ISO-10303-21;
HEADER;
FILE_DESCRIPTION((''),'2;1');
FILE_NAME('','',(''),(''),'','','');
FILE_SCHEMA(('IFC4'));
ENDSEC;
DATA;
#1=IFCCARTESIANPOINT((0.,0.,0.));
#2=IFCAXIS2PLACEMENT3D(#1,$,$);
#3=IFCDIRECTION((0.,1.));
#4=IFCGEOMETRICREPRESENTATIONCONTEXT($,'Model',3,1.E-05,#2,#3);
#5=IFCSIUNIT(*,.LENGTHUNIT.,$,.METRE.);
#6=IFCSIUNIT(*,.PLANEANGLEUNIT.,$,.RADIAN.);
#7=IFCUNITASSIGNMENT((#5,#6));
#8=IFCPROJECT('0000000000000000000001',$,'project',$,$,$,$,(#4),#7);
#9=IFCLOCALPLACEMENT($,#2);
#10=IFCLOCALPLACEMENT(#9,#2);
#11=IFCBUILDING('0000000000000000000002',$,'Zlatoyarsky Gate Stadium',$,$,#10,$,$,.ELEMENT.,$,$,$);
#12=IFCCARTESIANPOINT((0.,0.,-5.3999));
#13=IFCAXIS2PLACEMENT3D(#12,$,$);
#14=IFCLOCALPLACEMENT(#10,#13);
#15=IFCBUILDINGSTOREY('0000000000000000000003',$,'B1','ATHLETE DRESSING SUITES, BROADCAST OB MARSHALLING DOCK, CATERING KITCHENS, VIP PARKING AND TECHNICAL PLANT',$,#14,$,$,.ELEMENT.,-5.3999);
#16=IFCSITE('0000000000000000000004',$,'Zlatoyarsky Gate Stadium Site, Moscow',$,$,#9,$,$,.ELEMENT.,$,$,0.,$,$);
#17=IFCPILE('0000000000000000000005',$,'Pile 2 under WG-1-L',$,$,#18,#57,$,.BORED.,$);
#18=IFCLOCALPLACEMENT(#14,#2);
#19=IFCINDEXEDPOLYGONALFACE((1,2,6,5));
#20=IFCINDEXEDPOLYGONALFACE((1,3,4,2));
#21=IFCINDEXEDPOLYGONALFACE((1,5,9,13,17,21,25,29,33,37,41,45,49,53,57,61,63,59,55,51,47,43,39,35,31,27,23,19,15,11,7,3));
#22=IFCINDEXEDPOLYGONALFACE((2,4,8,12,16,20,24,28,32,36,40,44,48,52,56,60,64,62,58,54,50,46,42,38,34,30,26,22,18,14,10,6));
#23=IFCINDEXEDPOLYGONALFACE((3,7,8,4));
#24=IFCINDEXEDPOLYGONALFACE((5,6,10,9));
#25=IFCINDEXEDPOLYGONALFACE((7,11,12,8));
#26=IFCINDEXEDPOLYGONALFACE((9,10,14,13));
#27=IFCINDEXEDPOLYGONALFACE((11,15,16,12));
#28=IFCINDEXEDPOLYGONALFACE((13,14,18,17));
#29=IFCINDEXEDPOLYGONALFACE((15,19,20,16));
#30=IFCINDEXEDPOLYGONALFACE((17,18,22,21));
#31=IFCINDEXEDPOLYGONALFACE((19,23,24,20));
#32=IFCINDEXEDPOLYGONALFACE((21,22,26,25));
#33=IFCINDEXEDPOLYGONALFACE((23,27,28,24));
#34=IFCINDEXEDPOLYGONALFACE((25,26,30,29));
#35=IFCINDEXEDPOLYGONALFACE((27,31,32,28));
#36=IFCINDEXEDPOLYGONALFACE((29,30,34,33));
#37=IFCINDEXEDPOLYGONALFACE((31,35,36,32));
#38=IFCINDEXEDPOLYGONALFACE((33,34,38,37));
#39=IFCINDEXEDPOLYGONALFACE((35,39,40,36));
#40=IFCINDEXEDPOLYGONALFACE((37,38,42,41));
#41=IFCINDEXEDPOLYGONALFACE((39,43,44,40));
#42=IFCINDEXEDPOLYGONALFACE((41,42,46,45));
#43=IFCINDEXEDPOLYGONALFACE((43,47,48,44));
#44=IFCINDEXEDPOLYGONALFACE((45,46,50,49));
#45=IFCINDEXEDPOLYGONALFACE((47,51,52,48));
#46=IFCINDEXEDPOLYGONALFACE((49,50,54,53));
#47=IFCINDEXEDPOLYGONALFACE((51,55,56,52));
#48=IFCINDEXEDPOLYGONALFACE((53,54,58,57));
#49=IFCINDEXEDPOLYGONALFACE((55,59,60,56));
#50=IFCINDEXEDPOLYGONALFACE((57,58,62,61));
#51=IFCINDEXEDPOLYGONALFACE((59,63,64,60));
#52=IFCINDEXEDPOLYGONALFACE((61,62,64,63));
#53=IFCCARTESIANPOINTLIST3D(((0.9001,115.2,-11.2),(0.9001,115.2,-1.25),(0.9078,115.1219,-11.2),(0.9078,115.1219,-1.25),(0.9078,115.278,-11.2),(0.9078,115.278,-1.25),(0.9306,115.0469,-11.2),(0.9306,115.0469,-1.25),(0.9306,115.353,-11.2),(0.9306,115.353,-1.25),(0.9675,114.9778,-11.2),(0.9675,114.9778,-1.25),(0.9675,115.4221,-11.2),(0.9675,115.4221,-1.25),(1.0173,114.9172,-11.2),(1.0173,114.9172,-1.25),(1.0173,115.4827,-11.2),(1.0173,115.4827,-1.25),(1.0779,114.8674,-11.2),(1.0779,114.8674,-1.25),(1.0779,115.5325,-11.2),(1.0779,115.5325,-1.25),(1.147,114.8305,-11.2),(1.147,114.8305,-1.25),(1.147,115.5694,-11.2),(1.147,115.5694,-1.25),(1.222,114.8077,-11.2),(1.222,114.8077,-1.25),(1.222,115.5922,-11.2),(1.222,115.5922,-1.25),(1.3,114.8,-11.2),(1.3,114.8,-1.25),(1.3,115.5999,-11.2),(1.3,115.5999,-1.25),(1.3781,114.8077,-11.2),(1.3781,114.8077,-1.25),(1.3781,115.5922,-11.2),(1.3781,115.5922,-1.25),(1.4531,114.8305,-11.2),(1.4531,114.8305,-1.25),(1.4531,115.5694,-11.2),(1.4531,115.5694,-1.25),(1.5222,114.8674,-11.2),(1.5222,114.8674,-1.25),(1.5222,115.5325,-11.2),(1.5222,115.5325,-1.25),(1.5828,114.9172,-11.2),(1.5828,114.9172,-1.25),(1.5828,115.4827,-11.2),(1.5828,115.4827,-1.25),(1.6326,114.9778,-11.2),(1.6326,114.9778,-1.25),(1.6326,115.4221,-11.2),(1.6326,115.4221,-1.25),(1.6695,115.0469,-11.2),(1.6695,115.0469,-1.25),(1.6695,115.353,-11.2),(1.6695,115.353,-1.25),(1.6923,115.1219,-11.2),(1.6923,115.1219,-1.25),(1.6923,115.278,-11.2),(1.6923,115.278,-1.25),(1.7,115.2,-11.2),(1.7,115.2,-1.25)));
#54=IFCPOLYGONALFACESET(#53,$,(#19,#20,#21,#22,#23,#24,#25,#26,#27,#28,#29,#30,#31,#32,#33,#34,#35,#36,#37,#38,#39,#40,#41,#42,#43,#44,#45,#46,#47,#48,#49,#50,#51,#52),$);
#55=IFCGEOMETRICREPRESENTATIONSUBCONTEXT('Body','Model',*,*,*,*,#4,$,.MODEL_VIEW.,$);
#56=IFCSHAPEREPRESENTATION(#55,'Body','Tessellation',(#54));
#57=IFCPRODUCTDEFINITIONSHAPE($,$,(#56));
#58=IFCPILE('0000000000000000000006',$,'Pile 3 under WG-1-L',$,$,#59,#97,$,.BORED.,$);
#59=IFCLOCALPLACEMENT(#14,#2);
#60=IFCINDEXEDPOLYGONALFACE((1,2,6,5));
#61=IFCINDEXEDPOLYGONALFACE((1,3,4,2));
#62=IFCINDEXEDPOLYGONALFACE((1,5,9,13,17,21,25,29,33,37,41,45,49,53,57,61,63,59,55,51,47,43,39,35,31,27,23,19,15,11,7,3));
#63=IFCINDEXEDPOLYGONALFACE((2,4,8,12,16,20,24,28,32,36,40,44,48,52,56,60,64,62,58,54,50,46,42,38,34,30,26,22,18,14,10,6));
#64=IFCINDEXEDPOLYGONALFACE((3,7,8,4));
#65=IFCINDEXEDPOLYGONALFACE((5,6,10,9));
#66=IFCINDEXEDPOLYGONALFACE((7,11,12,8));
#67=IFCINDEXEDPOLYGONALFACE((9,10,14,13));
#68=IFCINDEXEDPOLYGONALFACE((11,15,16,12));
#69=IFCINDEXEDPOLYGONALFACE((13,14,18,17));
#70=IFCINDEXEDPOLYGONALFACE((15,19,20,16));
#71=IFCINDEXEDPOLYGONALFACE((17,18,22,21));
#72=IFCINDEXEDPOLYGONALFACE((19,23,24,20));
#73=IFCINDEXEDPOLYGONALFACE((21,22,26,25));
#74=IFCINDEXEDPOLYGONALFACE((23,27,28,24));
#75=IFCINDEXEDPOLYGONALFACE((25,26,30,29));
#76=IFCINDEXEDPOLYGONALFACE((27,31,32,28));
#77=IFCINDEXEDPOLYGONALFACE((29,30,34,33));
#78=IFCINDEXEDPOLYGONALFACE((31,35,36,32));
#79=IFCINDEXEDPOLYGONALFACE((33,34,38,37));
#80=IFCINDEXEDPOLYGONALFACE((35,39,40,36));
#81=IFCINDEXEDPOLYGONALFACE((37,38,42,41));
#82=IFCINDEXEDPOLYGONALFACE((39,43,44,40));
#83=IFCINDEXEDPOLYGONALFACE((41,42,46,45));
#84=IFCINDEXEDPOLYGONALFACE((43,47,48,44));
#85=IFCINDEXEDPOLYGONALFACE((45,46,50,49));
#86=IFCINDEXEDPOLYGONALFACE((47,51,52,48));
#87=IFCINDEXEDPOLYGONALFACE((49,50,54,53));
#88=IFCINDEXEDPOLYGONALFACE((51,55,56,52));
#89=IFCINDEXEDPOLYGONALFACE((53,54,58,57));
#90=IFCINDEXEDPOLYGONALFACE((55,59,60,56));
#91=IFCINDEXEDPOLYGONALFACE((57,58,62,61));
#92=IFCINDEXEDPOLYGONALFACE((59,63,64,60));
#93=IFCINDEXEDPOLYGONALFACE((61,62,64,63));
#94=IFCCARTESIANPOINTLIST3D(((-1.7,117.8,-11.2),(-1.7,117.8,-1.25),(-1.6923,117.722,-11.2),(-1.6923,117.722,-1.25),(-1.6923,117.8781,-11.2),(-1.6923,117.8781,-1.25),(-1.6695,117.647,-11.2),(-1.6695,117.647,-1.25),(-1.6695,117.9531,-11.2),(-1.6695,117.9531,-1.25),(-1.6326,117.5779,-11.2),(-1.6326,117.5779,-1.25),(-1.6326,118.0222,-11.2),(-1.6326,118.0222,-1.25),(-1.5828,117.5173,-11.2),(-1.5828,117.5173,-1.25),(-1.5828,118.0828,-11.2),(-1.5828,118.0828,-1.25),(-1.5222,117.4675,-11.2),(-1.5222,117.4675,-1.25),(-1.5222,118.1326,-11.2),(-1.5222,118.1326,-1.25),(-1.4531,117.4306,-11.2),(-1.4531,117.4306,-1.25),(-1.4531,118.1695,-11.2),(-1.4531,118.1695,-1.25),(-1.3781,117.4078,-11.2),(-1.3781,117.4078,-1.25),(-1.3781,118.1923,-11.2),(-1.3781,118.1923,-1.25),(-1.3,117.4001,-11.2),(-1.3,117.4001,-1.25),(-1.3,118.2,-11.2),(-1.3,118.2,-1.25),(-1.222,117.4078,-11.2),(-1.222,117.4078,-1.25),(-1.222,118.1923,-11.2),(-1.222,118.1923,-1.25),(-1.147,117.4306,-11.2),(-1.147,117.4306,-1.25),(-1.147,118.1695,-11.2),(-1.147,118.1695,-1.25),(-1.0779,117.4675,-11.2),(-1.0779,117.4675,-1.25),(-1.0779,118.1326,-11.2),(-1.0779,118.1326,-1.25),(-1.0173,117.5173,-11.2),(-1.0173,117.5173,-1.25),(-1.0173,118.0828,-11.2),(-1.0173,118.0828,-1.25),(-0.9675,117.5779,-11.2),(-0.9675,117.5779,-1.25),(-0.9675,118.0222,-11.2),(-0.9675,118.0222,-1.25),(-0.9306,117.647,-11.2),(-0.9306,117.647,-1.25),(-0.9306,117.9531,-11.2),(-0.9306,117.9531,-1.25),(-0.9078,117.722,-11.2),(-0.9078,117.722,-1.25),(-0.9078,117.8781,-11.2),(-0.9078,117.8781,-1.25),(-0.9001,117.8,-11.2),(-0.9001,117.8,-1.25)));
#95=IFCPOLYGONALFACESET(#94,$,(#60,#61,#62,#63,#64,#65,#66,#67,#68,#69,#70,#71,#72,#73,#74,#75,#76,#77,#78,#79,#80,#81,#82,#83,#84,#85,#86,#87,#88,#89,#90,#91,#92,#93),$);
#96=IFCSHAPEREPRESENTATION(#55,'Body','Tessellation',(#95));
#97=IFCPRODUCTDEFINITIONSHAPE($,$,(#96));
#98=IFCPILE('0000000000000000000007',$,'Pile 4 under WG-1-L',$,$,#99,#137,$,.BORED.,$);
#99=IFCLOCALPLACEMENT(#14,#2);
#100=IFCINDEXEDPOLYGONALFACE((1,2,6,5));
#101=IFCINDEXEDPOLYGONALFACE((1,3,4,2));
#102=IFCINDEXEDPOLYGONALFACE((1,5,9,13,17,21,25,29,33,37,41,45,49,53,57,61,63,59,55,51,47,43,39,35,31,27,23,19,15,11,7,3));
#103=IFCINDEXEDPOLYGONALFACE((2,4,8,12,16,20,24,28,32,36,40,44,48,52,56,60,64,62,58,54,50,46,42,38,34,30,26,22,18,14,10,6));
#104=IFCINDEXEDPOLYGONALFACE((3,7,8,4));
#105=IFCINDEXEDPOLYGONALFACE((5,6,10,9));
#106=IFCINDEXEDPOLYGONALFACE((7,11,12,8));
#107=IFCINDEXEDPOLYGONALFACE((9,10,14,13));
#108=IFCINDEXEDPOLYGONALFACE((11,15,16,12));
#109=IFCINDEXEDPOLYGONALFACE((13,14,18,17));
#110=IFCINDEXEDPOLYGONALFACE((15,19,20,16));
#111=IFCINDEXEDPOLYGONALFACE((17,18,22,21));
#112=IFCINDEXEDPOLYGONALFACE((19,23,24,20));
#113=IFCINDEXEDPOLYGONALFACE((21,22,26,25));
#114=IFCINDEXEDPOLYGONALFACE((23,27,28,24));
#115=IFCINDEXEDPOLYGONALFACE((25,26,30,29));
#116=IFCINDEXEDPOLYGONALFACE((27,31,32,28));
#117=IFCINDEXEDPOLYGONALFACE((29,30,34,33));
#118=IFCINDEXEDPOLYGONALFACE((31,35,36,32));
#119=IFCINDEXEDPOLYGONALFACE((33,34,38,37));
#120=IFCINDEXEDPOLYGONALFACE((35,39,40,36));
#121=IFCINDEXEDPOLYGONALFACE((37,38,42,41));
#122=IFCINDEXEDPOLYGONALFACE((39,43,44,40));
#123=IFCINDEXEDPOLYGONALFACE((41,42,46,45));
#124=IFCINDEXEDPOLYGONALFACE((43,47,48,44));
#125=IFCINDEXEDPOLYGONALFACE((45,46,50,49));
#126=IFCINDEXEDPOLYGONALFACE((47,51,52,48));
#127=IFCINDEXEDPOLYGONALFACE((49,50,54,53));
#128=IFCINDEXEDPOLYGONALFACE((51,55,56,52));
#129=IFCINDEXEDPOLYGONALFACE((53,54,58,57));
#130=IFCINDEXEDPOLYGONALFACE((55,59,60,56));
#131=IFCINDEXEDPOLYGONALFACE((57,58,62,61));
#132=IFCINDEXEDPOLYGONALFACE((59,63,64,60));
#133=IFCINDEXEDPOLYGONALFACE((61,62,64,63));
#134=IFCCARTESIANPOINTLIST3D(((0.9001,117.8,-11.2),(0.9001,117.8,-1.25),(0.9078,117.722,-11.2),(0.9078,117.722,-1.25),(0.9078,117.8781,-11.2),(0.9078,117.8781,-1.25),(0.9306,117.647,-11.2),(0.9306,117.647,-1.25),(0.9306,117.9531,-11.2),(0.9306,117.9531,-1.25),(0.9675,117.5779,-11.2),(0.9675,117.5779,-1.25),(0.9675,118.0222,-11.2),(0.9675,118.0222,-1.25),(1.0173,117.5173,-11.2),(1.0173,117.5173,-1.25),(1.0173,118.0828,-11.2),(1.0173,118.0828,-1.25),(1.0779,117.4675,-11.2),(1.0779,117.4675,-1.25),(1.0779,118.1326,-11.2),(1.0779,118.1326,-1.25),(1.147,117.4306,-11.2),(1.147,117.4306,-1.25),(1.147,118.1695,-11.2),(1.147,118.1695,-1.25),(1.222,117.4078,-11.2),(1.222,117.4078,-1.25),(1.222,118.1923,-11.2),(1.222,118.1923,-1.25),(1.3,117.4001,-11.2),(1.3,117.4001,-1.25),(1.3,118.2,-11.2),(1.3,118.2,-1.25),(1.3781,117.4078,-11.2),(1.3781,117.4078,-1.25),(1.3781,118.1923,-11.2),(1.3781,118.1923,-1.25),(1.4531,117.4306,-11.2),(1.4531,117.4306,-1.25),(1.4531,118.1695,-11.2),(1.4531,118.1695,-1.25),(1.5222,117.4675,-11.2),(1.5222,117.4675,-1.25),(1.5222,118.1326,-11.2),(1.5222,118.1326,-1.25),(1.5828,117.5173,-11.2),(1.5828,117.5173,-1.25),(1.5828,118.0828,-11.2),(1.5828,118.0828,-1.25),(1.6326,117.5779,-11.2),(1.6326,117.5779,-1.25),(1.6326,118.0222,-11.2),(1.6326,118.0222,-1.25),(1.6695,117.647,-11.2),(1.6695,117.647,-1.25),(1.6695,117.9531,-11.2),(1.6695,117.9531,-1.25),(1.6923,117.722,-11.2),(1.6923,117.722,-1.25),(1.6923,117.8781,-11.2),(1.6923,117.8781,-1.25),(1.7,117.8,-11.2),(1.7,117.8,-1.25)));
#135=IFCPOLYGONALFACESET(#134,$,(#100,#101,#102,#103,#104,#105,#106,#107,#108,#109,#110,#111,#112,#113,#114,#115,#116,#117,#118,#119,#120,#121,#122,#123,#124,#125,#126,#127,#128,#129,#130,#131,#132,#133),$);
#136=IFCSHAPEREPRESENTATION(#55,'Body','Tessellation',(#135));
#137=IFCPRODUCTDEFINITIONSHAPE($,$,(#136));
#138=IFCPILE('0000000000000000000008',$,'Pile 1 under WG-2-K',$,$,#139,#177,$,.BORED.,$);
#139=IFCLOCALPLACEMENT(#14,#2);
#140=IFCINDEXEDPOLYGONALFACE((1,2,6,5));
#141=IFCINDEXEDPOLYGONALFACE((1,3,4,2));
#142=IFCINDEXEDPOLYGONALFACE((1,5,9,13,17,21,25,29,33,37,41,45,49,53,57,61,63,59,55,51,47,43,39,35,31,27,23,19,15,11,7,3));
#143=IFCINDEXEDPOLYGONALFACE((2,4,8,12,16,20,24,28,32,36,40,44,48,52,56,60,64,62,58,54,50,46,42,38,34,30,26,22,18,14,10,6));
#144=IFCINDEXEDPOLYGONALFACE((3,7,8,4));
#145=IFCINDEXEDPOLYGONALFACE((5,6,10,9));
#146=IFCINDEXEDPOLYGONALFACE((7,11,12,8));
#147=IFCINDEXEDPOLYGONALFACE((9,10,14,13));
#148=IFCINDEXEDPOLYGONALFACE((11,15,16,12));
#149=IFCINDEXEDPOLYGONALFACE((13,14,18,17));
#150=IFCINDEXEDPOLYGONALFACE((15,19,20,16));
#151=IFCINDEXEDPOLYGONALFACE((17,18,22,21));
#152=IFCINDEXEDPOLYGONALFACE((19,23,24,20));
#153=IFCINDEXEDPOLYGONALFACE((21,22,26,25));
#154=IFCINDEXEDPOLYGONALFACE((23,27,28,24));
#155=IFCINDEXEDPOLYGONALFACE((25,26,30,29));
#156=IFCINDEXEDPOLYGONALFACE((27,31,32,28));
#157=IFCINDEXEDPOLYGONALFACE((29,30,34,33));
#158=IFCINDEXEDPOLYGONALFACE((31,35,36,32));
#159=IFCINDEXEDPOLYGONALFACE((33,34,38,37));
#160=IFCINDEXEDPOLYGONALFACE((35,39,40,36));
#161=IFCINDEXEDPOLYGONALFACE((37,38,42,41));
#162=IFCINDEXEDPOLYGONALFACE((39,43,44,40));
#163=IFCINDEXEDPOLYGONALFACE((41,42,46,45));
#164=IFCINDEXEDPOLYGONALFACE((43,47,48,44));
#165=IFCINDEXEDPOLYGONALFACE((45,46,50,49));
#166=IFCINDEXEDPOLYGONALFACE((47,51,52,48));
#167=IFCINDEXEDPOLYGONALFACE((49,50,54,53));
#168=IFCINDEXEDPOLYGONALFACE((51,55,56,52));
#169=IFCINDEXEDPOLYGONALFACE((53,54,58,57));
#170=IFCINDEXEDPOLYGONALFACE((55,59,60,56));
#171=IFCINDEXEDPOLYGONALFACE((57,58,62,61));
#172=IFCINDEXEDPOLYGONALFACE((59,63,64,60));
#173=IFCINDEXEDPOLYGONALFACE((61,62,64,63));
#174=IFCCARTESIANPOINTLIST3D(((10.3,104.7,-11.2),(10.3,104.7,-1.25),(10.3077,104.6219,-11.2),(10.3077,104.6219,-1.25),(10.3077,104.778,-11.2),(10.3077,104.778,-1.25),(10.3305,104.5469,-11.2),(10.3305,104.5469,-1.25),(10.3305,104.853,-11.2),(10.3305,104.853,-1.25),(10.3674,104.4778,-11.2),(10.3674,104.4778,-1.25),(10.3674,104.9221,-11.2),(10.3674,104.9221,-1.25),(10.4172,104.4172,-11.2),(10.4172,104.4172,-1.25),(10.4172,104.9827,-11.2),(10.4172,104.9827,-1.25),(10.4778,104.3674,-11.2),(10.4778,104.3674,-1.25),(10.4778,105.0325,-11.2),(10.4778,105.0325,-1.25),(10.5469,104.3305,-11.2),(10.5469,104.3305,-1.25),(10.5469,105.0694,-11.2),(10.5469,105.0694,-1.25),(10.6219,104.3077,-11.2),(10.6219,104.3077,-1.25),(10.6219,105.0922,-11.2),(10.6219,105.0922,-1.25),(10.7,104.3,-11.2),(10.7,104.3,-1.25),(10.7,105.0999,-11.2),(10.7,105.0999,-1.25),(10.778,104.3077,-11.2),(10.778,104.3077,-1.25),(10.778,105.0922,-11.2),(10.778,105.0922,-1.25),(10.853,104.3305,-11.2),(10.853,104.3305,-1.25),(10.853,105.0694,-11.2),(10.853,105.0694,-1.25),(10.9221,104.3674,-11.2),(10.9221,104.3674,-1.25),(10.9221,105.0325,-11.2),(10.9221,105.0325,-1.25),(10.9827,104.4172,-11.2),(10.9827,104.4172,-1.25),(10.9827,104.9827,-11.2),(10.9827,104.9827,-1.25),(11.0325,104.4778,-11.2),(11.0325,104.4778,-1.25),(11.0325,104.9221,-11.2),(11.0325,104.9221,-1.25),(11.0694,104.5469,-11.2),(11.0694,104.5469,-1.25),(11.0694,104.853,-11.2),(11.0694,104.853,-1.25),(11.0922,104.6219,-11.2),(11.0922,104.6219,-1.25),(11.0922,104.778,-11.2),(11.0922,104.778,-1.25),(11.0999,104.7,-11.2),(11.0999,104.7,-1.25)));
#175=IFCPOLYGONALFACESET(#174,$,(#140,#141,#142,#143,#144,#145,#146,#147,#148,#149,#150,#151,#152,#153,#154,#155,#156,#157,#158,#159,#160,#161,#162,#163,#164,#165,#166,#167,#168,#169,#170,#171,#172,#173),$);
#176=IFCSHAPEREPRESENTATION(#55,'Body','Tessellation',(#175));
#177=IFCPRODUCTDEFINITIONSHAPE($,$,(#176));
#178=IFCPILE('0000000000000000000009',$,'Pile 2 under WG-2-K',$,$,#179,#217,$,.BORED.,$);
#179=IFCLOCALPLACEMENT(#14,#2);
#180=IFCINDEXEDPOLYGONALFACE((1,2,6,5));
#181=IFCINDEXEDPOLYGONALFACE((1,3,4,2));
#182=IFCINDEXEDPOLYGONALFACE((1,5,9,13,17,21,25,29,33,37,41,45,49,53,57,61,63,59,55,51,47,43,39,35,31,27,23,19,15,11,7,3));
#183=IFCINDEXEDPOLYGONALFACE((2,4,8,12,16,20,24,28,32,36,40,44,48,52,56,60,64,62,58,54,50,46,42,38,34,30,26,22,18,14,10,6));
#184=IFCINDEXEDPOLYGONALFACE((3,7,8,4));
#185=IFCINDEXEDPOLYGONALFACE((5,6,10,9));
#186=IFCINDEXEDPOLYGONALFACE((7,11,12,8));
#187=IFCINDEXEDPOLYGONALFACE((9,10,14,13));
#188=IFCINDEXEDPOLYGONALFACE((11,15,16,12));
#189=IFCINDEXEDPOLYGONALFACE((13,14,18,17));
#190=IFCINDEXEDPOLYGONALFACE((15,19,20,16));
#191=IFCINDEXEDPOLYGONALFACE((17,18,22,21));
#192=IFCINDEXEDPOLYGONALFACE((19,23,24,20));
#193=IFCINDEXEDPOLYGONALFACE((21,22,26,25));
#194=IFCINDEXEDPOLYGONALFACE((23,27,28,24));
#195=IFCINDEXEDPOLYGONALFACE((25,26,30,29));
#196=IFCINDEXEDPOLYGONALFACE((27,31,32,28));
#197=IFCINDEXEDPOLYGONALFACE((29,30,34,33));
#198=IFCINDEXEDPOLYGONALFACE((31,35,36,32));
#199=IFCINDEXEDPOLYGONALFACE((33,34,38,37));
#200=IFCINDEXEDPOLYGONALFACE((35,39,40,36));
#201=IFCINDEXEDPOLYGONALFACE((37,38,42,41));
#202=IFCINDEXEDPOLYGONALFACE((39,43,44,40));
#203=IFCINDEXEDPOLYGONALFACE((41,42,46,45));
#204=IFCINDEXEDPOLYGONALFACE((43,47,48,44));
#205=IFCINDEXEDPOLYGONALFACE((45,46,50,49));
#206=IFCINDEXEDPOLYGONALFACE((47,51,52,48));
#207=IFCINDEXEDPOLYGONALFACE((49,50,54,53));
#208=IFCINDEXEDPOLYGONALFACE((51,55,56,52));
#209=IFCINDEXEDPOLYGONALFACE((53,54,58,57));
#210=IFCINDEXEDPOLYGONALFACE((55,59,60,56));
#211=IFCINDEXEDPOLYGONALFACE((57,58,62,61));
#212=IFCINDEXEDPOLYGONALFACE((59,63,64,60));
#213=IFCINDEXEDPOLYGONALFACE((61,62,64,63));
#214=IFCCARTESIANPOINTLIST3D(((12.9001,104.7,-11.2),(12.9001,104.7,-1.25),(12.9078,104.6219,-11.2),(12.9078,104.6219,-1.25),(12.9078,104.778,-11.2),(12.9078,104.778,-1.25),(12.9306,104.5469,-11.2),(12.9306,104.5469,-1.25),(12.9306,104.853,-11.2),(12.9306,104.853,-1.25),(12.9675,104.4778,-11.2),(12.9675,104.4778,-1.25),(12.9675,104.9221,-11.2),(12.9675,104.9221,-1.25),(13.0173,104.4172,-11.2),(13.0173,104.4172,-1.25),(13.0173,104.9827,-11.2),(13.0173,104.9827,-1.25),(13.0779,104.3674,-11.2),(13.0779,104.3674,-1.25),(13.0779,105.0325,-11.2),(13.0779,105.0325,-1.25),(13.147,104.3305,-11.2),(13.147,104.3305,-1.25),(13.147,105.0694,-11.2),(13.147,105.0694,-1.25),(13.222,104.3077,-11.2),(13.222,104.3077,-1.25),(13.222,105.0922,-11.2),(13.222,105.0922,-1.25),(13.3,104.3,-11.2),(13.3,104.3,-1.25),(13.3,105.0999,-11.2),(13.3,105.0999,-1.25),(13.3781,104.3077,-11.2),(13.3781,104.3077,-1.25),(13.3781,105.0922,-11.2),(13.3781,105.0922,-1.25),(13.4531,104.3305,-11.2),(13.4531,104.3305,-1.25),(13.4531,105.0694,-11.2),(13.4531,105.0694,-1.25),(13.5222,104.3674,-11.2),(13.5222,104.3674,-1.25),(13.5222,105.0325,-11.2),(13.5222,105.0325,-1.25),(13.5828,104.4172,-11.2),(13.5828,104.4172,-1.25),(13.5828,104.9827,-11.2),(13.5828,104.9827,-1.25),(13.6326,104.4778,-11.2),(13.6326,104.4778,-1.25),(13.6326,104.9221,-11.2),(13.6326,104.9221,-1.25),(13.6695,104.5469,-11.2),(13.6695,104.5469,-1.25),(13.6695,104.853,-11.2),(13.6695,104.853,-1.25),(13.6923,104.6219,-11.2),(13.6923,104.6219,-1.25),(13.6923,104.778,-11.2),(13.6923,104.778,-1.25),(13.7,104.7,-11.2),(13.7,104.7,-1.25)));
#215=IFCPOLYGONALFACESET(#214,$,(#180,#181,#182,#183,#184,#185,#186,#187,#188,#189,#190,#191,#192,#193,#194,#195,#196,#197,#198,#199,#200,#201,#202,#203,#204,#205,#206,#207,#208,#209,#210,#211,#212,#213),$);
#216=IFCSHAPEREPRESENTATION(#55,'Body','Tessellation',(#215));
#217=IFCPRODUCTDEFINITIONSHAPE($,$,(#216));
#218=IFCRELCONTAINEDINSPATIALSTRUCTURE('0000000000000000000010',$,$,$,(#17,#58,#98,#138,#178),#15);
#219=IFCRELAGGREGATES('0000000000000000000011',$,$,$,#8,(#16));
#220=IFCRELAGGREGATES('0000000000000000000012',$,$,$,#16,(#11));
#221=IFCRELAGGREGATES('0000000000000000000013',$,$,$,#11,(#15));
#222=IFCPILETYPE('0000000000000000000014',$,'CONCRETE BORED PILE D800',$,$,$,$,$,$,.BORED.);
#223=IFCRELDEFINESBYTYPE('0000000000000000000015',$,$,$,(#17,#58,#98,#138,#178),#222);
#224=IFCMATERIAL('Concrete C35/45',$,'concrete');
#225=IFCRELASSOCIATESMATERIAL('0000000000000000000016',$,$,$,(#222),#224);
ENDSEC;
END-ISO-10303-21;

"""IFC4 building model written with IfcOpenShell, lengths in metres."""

from ifc_helpers import new_model, si_unit, direction, frame, origin, origin_2d, place, context, subcontext, project, spatial, circle, extrude, material, material_profile, profile_set, type_object, element, save


model = new_model("IFC4")

# Units and contexts
model_context = context("Model", 3, precision=1e-05, world=origin(), true_north=direction((0.0, 1.0)))
body_context = subcontext(model_context, "Body", "Model", "MODEL_VIEW")
ifc_project = project(units=[si_unit("LENGTHUNIT", "METRE"), si_unit("PLANEANGLEUNIT", "RADIAN")], contexts=[model_context])

# Site, building, storey
site_placement = place(None, origin())
site = spatial("IfcSite", under=ifc_project, at=site_placement, Name="Zlatoyarsky Gate Stadium Site, Moscow", CompositionType="ELEMENT", RefElevation=0.0)
building_placement = place(site_placement, origin())
building = spatial("IfcBuilding", under=site, at=building_placement, Name="Zlatoyarsky Gate Stadium", CompositionType="ELEMENT")
storey_placement = place(building_placement, frame((0.0, 0.0, -5.3999)))
storey = spatial("IfcBuildingStorey", under=building, at=storey_placement, Name="B1", Description="ATHLETE DRESSING SUITES, BROADCAST OB MARSHALLING DOCK, CATERING KITCHENS, VIP PARKING AND TECHNICAL PLANT", CompositionType="ELEMENT", Elevation=-5.3999)

# Piles
ifc_material_1 = material(Name="Concrete C35/45", Category="concrete")
ifc_material_profile_1 = material_profile(ifc_material_1, circle(Radius=0.3999, at=origin_2d()), Name="BORED PILE D800")
ifc_profile_set_1 = profile_set([ifc_material_profile_1], Name="Concrete C35/45")
pile_type_1 = type_object("IfcPileType", Name="CONCRETE BORED PILE D800", PredefinedType="BORED", material=ifc_profile_set_1)
for number, where, z_axis, x_axis, name in (
    (1, (1.3, 115.2, -1.25), (0.0, 0.0, -1.0), (1.0, 0.0, 0.0), "Pile 2 under WG-1-L"),
    (2, (-1.3, 117.8, -1.25), (0.0, 0.0, -1.0), (1.0, 0.0, 0.0), "Pile 3 under WG-1-L"),
    (3, (1.3, 117.8, -1.25), (0.0, 0.0, -1.0), (1.0, 0.0, 0.0), "Pile 4 under WG-1-L"),
    (4, (10.7, 104.7, -1.25), (0.0, 0.0, -1.0), (1.0, 0.0, 0.0), "Pile 1 under WG-2-K"),
    (5, (13.3, 104.7, -1.25), (0.0, 0.0, -1.0), (1.0, 0.0, 0.0), "Pile 2 under WG-2-K"),
):
    element("IfcPile", number, at=place(storey_placement, frame(where, z_axis=z_axis, x_axis=x_axis)), inside=storey, type_object=pile_type_1, Name=name, PredefinedType="BORED", context=body_context, shape_type="SweptSolid", body=[
        extrude(circle(Radius=0.3999, at=origin_2d()), origin(), (0.0, 0.0, 1.0), 9.95),
    ])

save(model, "model.ifc")
